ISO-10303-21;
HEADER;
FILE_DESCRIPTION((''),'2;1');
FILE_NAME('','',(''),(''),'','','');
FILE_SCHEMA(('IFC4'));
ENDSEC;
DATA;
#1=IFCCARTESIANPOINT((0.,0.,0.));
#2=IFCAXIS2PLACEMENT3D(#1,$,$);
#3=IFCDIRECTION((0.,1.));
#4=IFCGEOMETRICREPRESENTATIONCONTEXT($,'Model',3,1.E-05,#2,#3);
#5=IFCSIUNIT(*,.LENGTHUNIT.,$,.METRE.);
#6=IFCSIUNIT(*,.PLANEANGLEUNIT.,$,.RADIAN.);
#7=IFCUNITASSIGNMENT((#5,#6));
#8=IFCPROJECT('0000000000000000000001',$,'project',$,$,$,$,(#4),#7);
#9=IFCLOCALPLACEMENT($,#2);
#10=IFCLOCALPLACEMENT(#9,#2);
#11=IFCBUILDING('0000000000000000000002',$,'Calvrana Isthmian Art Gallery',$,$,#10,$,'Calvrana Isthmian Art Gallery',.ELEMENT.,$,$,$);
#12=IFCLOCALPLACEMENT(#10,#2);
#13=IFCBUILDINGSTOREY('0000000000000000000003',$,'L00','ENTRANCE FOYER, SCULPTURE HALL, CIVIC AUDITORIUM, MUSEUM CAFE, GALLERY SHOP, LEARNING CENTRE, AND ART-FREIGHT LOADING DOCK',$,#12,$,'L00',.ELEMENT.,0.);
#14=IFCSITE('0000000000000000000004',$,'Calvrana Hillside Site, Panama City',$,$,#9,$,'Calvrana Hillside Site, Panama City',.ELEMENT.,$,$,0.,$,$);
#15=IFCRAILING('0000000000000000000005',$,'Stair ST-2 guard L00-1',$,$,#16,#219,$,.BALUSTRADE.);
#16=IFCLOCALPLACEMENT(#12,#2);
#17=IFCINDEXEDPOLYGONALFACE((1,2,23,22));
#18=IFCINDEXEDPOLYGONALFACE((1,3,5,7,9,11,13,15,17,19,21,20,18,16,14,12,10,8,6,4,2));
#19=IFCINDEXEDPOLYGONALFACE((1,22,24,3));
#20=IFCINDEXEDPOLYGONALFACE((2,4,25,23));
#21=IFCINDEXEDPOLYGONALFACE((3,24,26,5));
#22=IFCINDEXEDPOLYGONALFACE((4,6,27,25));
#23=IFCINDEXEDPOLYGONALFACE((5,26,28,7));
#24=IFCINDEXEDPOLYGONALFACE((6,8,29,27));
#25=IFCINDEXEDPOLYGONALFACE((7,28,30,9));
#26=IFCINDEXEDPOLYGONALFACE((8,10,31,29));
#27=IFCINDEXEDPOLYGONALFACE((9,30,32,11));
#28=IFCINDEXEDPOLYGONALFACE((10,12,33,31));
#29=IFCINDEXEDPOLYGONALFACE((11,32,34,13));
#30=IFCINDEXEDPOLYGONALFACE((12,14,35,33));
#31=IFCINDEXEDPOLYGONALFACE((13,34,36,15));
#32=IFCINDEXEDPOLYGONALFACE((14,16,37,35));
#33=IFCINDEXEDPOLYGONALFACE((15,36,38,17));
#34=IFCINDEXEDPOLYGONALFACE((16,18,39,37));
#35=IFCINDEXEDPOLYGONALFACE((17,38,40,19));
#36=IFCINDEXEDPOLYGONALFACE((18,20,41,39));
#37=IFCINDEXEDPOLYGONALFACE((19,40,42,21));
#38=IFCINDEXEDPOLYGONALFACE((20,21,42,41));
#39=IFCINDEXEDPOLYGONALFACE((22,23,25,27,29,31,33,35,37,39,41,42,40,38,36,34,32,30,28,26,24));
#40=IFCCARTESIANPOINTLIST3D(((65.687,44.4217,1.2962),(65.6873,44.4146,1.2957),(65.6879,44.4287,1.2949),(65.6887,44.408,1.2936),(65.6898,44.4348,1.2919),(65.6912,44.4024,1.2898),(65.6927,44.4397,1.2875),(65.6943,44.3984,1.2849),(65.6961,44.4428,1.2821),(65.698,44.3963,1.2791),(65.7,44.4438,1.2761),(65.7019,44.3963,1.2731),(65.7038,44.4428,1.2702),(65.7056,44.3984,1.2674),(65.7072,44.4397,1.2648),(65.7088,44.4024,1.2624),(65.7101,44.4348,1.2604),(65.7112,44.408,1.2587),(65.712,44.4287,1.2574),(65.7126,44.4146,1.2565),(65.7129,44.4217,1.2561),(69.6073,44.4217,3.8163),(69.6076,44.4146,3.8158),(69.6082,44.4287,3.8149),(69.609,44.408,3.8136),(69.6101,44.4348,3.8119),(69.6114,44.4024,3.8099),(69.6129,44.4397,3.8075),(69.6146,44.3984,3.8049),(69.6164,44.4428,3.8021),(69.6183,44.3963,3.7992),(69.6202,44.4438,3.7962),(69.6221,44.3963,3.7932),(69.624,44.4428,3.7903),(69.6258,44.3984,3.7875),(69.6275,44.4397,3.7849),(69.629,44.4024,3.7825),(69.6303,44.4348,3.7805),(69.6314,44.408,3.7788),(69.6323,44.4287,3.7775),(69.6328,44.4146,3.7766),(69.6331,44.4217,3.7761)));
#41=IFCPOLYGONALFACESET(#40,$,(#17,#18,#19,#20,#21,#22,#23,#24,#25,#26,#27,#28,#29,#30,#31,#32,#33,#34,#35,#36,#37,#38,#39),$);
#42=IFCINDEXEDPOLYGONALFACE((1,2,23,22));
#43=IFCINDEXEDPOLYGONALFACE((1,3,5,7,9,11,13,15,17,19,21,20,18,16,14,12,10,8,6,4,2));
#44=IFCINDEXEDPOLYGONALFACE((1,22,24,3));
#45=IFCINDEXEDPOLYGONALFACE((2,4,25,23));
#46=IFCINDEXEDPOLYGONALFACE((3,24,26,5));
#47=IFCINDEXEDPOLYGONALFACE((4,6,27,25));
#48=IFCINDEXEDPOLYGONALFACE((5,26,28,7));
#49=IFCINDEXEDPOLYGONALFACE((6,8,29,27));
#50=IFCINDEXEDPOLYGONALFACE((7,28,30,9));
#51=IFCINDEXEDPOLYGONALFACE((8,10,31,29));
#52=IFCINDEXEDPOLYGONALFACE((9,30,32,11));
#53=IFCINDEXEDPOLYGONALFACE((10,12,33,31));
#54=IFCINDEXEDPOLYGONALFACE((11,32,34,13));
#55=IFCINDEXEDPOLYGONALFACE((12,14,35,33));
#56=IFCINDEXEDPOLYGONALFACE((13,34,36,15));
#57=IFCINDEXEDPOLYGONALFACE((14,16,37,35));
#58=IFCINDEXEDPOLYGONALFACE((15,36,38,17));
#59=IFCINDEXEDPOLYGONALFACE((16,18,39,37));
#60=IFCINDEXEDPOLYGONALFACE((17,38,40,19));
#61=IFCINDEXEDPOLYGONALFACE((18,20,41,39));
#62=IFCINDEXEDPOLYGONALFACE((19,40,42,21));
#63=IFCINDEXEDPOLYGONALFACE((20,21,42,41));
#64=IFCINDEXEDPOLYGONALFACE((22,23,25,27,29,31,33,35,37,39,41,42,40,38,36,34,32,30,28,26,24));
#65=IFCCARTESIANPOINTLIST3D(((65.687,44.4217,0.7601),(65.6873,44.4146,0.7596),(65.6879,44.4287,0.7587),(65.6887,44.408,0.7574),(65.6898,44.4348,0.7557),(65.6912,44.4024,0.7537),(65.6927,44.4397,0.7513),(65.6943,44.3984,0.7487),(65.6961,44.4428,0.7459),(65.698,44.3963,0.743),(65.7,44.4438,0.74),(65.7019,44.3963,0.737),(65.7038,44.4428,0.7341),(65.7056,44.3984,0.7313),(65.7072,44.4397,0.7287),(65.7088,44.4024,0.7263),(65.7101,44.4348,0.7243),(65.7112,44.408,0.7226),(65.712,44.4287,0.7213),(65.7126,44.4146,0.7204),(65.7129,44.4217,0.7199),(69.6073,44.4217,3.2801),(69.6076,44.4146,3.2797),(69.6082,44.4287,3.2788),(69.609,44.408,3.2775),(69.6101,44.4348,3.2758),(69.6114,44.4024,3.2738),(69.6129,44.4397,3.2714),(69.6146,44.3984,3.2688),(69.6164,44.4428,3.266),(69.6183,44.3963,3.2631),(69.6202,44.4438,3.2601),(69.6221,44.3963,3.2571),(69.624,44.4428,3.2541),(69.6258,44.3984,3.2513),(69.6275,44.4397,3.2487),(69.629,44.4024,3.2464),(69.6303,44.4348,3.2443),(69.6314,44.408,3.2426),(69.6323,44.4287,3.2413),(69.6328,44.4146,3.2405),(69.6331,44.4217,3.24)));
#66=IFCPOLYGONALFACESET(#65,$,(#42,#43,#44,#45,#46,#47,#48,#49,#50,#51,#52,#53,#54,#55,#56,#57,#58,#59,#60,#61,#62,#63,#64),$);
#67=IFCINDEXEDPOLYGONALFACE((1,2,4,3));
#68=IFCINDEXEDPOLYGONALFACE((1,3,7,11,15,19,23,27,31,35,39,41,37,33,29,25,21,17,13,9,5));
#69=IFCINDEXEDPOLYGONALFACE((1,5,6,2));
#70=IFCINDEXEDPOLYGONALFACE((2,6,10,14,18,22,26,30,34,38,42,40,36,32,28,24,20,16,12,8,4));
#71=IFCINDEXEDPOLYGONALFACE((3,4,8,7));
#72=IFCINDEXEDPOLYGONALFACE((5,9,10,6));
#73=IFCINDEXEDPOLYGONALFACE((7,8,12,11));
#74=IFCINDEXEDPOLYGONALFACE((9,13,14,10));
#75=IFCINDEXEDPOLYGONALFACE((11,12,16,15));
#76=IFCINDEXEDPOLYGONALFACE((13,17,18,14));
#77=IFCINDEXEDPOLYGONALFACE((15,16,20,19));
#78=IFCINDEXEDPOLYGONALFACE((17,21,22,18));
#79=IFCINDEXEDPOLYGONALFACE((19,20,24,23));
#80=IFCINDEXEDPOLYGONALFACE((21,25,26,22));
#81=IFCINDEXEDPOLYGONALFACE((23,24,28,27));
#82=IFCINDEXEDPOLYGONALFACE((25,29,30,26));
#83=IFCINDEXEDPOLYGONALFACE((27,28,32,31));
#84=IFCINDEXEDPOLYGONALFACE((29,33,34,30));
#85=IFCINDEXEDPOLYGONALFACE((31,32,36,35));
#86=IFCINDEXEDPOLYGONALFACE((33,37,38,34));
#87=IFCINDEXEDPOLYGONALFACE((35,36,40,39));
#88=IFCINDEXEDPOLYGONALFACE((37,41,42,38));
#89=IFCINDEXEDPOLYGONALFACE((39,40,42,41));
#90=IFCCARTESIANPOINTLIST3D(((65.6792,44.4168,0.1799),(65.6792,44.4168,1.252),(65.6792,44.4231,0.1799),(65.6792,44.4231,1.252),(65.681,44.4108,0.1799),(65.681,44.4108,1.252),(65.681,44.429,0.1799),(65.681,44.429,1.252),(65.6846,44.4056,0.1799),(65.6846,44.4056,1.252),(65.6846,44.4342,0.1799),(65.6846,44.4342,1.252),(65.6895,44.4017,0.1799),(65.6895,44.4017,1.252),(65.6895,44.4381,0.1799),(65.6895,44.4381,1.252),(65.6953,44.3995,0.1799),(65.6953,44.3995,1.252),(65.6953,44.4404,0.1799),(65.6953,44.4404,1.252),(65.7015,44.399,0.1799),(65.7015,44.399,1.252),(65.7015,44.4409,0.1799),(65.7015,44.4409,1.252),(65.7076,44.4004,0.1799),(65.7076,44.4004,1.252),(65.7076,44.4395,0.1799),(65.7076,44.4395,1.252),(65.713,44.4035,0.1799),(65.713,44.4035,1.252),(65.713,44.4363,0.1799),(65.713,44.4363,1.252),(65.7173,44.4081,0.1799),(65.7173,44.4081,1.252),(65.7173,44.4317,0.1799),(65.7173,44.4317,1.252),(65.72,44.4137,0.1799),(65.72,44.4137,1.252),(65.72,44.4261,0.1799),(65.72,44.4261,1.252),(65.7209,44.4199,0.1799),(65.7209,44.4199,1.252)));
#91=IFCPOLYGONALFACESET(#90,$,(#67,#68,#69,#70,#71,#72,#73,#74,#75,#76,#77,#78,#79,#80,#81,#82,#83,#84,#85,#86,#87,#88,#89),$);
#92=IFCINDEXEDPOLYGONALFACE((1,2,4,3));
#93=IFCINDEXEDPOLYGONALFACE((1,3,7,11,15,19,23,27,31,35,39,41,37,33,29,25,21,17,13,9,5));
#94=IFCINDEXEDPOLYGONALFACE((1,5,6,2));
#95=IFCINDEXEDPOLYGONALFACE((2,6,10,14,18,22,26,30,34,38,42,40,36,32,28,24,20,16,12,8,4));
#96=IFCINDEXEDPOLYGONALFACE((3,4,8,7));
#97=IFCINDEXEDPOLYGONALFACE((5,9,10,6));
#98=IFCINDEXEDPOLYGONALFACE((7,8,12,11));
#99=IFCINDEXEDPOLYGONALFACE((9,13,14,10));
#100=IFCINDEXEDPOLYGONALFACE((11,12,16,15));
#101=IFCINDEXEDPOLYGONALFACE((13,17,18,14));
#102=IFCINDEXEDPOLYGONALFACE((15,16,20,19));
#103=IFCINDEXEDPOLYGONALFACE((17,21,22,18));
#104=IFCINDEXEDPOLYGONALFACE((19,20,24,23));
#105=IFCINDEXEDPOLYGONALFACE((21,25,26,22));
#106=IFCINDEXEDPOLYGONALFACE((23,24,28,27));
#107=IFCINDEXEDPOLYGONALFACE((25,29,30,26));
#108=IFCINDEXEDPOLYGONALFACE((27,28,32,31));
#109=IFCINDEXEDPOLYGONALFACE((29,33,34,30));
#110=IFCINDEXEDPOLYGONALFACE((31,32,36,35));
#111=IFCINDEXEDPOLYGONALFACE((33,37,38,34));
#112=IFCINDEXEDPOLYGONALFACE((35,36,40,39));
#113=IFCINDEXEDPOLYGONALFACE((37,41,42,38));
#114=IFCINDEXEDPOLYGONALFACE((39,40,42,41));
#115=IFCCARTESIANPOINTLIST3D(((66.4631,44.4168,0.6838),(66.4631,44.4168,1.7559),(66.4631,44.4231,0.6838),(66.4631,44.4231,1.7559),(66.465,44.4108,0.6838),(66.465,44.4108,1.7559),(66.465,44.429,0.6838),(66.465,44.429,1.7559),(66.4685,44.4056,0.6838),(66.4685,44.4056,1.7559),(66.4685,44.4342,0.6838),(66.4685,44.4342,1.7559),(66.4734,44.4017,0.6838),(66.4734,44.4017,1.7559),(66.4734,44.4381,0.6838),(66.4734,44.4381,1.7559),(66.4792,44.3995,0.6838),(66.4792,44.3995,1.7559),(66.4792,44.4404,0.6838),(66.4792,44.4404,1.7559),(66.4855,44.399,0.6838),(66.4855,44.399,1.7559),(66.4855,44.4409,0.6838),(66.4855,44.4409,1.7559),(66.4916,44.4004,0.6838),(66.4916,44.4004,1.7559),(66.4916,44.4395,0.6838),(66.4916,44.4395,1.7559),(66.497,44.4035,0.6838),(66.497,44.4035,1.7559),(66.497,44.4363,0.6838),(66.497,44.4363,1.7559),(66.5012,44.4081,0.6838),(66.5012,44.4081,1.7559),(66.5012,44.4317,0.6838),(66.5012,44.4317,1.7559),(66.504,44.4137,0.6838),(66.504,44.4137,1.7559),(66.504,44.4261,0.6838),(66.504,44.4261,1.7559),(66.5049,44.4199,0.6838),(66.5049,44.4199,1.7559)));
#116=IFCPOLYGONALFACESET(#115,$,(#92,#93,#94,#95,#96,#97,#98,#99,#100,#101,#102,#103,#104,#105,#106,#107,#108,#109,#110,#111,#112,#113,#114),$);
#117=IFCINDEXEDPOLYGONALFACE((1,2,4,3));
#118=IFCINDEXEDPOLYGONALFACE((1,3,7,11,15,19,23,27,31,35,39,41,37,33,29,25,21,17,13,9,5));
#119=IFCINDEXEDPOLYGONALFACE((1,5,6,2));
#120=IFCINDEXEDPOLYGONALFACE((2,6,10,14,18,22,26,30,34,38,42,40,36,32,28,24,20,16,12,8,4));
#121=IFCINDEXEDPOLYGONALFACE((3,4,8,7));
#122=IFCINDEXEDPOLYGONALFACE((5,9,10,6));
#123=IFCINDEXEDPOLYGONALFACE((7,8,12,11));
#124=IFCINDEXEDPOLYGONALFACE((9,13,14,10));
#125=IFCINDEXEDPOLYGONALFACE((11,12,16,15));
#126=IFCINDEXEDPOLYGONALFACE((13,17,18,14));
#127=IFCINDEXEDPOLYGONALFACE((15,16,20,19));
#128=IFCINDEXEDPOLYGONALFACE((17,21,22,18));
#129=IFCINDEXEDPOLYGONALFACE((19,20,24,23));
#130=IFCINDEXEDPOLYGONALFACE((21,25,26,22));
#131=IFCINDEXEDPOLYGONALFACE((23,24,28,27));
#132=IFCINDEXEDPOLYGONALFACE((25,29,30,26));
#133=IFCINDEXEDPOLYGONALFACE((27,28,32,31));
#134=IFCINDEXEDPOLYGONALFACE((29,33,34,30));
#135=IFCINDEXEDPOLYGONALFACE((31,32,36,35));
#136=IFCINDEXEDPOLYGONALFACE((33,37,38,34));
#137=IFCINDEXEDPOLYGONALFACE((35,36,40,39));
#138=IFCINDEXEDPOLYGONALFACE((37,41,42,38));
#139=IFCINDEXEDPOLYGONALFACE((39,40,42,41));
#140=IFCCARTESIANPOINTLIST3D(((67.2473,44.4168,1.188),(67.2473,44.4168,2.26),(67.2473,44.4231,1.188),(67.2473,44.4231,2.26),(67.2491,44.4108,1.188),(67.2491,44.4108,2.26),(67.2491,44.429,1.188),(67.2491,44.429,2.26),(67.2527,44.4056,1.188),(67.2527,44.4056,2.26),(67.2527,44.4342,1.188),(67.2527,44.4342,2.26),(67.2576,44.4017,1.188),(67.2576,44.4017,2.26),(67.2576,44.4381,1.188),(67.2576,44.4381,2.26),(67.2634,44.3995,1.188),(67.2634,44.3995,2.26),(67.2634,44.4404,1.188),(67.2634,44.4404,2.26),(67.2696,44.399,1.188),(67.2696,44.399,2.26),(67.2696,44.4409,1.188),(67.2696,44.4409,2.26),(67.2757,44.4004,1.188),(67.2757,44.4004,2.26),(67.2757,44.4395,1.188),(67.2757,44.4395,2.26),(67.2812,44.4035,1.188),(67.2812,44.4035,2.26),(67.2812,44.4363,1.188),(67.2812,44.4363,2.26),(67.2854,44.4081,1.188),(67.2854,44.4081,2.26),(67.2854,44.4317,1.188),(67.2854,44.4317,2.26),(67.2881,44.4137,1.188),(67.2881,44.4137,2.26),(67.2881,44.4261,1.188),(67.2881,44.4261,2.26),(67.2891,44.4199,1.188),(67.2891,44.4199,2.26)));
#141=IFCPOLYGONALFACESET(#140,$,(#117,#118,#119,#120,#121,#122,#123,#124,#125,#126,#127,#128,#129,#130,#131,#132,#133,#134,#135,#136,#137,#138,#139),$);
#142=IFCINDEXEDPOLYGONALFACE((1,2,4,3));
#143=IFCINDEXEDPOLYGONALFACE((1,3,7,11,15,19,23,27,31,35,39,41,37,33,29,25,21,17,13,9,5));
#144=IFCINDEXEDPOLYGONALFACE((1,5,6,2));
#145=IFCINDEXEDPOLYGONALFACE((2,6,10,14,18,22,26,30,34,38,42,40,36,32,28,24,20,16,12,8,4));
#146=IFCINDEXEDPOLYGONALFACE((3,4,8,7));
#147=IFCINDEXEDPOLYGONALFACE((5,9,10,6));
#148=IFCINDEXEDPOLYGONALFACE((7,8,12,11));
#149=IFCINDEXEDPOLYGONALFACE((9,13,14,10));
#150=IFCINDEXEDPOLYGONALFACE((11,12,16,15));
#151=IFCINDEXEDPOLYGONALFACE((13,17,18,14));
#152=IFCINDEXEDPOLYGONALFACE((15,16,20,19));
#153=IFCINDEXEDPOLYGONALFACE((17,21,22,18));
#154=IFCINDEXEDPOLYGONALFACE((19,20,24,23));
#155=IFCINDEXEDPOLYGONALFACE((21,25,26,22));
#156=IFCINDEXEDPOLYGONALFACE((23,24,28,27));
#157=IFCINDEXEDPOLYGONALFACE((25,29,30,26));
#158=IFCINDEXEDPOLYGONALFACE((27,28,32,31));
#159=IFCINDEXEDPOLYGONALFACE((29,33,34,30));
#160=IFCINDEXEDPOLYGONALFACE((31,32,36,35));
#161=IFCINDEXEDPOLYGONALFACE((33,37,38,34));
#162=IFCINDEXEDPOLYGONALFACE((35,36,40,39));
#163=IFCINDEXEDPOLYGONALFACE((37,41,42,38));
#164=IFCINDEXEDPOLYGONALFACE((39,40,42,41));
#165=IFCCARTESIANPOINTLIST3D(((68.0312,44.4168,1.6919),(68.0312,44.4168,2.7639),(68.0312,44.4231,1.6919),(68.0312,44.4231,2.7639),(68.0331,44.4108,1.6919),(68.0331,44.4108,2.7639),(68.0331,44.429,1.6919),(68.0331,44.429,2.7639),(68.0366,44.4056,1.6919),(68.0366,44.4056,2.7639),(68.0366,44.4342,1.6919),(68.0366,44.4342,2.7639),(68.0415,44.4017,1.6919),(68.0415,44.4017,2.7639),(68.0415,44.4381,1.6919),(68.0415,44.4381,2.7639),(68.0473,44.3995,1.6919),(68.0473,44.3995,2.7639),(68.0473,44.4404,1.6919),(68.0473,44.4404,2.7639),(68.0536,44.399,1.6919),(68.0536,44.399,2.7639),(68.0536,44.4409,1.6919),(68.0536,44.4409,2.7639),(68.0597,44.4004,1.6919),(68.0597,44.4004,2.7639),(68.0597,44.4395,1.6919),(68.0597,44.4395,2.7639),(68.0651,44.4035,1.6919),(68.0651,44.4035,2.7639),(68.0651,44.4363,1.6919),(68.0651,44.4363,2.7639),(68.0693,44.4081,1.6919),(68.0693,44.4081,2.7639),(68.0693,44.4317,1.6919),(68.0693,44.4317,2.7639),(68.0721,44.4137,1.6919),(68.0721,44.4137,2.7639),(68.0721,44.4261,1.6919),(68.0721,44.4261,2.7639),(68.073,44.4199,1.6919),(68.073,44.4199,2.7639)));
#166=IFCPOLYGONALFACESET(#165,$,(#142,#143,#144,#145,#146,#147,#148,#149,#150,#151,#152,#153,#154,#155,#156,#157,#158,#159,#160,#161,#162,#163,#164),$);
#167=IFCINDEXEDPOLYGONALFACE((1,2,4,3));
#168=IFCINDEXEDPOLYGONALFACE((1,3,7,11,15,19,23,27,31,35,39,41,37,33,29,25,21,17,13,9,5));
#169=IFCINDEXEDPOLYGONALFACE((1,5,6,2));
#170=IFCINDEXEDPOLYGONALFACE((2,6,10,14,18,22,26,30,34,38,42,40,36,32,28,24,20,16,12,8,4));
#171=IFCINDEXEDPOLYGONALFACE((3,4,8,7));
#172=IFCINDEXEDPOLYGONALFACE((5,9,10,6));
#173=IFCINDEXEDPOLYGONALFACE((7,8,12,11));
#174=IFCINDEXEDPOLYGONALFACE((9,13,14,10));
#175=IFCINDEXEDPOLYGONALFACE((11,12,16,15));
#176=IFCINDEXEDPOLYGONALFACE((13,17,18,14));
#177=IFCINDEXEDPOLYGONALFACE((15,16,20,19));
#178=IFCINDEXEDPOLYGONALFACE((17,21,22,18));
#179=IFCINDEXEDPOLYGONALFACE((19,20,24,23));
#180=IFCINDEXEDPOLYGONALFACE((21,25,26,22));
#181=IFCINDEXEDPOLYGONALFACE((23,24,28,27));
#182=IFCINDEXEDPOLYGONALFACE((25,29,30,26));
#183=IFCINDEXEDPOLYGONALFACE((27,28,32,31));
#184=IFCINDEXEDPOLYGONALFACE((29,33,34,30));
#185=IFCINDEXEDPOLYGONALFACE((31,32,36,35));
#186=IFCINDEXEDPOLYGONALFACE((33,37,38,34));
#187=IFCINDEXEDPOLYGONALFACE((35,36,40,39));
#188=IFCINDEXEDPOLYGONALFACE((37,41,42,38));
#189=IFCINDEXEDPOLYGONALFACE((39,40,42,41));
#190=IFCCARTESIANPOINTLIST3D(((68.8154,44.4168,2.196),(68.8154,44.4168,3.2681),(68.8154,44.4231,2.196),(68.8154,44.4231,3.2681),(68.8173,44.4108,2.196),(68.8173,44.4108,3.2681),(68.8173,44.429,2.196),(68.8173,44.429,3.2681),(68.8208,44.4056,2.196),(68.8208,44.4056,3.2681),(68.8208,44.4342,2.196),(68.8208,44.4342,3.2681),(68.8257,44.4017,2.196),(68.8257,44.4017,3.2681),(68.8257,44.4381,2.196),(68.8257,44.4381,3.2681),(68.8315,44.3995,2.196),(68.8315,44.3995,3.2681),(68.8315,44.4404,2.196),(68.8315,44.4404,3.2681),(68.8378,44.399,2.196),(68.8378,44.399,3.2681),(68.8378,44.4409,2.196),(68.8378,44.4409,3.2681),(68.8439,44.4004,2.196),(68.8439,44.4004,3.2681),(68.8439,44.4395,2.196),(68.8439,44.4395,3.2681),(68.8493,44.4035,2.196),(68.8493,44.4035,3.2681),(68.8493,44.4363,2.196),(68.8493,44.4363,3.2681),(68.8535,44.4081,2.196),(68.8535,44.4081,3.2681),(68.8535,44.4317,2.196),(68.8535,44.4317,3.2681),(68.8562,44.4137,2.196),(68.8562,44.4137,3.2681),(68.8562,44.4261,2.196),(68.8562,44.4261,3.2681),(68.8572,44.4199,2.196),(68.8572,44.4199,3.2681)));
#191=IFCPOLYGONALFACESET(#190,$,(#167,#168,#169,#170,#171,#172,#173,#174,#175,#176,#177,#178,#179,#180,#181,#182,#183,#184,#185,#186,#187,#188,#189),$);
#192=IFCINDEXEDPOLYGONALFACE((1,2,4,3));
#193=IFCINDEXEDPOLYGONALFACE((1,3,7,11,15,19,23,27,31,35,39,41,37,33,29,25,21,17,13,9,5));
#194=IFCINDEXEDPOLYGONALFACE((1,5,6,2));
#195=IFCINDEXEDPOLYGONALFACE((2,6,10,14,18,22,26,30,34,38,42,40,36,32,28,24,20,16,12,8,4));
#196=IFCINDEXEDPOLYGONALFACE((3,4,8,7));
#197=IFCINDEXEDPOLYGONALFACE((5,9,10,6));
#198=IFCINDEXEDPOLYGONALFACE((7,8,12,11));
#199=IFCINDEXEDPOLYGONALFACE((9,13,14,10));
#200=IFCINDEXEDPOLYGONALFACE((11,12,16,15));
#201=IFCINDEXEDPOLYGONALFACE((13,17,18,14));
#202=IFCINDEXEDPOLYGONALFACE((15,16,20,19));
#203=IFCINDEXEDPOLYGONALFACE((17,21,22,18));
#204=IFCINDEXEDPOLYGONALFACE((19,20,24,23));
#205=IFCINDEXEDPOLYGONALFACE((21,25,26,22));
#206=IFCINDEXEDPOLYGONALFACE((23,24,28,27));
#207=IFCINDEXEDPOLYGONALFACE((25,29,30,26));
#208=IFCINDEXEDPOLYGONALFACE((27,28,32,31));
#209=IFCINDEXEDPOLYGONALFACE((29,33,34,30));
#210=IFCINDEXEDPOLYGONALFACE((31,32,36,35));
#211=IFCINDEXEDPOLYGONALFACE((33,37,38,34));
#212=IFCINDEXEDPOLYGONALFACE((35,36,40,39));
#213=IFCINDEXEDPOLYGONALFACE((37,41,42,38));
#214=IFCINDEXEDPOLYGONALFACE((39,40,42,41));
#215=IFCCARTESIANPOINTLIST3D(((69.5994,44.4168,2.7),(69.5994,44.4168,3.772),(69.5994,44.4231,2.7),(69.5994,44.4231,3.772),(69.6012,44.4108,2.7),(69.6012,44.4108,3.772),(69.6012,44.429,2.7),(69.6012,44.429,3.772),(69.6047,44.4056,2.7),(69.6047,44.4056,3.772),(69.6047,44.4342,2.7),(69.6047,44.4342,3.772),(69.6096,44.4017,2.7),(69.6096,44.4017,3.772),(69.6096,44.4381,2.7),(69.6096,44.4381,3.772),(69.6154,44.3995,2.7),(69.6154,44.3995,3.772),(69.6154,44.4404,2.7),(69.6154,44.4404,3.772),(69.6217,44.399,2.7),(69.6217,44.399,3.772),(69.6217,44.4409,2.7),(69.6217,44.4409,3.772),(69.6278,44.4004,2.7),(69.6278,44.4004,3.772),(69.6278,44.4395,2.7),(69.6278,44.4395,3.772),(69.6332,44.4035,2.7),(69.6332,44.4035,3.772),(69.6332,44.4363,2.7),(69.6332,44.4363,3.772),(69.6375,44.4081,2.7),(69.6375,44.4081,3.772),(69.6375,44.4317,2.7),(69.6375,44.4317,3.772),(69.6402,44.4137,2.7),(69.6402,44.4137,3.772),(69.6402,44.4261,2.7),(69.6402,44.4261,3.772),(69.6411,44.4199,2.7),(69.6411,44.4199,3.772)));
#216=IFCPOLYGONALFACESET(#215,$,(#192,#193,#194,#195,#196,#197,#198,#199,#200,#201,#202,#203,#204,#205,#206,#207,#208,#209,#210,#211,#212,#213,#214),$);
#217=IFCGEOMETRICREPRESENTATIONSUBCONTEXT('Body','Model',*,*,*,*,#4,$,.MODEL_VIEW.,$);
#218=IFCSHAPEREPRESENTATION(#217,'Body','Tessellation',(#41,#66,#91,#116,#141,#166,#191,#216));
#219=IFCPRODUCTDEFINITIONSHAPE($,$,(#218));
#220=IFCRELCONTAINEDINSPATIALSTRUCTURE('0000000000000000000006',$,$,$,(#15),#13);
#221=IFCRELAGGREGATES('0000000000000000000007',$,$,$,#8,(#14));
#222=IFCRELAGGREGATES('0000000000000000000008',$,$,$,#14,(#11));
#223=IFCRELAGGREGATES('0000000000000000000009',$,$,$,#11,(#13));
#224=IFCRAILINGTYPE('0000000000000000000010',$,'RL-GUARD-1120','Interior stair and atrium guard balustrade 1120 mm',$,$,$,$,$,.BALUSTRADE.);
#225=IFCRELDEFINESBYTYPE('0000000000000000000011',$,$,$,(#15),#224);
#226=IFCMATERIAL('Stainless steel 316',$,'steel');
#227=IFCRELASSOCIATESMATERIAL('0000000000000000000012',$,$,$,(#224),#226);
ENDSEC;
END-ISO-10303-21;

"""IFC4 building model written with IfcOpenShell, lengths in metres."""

from ifc_helpers import new_model, si_unit, direction, frame, origin, origin_2d, place, context, subcontext, project, spatial, circle, extrude, material, type_object, element, save


model = new_model("IFC4")

# Units and contexts
model_context = context("Model", 3, precision=1e-05, world=origin(), true_north=direction((0.0, 1.0)))
body_context = subcontext(model_context, "Body", "Model", "MODEL_VIEW")
ifc_project = project(units=[si_unit("LENGTHUNIT", "METRE"), si_unit("PLANEANGLEUNIT", "RADIAN")], contexts=[model_context])

# Site, building, storey
site_placement = place(None, origin())
site = spatial("IfcSite", under=ifc_project, at=site_placement, Name="Calvrana Hillside Site, Panama City", LongName="Calvrana Hillside Site, Panama City", CompositionType="ELEMENT", RefElevation=0.0)
building_placement = place(site_placement, origin())
building = spatial("IfcBuilding", under=site, at=building_placement, Name="Calvrana Isthmian Art Gallery", LongName="Calvrana Isthmian Art Gallery", CompositionType="ELEMENT")
storey_placement = place(building_placement, origin())
storey = spatial("IfcBuildingStorey", under=building, at=storey_placement, Name="L00", Description="ENTRANCE FOYER, SCULPTURE HALL, CIVIC AUDITORIUM, MUSEUM CAFE, GALLERY SHOP, LEARNING CENTRE, AND ART-FREIGHT LOADING DOCK", LongName="L00", CompositionType="ELEMENT", Elevation=0.0)

# Railing
ifc_material_1 = material(Name="Stainless steel 316", Category="steel")
railing_type_1 = type_object("IfcRailingType", Name="RL-GUARD-1120", Description="Interior stair and atrium guard balustrade 1120 mm", PredefinedType="BALUSTRADE", material=ifc_material_1)
railing_1_placement = place(storey_placement, frame((65.7, 44.4199, 0.1799)))
element("IfcRailing", 1, at=railing_1_placement, inside=storey, type_object=railing_type_1, Name="Stair ST-2 guard L00-1", PredefinedType="BALUSTRADE", context=body_context, shape_type="SweptSolid", body=[
    extrude(circle(Radius=0.0239, at=origin_2d()), frame((0.0, 0.0, 1.0962), z_axis=(0.841187, 0.0, 0.540744), x_axis=(0.0, 1.0, 0.0)), (0.0, 0.0, 1.0), 4.6604),
    extrude(circle(Radius=0.0239, at=origin_2d()), frame((0.0, 0.0, 0.5601), z_axis=(0.841187, 0.0, 0.540744), x_axis=(0.0, 1.0, 0.0)), (0.0, 0.0, 1.0), 4.6604),
    extrude(circle(Radius=0.021, at=origin_2d()), origin(), (0.0, 0.0, 1.0), 1.072),
    extrude(circle(Radius=0.021, at=origin_2d()), frame((0.7839, 0.0, 0.5039)), (0.0, 0.0, 1.0), 1.072),
    extrude(circle(Radius=0.021, at=origin_2d()), frame((1.5681, 0.0, 1.0081)), (0.0, 0.0, 1.0), 1.072),
    extrude(circle(Radius=0.021, at=origin_2d()), frame((2.3521, 0.0, 1.512)), (0.0, 0.0, 1.0), 1.072),
    extrude(circle(Radius=0.021, at=origin_2d()), frame((3.1362, 0.0, 2.0161)), (0.0, 0.0, 1.0), 1.072),
    extrude(circle(Radius=0.021, at=origin_2d()), frame((3.9202, 0.0, 2.52)), (0.0, 0.0, 1.0), 1.072),
])

save(model, "model.ifc")
